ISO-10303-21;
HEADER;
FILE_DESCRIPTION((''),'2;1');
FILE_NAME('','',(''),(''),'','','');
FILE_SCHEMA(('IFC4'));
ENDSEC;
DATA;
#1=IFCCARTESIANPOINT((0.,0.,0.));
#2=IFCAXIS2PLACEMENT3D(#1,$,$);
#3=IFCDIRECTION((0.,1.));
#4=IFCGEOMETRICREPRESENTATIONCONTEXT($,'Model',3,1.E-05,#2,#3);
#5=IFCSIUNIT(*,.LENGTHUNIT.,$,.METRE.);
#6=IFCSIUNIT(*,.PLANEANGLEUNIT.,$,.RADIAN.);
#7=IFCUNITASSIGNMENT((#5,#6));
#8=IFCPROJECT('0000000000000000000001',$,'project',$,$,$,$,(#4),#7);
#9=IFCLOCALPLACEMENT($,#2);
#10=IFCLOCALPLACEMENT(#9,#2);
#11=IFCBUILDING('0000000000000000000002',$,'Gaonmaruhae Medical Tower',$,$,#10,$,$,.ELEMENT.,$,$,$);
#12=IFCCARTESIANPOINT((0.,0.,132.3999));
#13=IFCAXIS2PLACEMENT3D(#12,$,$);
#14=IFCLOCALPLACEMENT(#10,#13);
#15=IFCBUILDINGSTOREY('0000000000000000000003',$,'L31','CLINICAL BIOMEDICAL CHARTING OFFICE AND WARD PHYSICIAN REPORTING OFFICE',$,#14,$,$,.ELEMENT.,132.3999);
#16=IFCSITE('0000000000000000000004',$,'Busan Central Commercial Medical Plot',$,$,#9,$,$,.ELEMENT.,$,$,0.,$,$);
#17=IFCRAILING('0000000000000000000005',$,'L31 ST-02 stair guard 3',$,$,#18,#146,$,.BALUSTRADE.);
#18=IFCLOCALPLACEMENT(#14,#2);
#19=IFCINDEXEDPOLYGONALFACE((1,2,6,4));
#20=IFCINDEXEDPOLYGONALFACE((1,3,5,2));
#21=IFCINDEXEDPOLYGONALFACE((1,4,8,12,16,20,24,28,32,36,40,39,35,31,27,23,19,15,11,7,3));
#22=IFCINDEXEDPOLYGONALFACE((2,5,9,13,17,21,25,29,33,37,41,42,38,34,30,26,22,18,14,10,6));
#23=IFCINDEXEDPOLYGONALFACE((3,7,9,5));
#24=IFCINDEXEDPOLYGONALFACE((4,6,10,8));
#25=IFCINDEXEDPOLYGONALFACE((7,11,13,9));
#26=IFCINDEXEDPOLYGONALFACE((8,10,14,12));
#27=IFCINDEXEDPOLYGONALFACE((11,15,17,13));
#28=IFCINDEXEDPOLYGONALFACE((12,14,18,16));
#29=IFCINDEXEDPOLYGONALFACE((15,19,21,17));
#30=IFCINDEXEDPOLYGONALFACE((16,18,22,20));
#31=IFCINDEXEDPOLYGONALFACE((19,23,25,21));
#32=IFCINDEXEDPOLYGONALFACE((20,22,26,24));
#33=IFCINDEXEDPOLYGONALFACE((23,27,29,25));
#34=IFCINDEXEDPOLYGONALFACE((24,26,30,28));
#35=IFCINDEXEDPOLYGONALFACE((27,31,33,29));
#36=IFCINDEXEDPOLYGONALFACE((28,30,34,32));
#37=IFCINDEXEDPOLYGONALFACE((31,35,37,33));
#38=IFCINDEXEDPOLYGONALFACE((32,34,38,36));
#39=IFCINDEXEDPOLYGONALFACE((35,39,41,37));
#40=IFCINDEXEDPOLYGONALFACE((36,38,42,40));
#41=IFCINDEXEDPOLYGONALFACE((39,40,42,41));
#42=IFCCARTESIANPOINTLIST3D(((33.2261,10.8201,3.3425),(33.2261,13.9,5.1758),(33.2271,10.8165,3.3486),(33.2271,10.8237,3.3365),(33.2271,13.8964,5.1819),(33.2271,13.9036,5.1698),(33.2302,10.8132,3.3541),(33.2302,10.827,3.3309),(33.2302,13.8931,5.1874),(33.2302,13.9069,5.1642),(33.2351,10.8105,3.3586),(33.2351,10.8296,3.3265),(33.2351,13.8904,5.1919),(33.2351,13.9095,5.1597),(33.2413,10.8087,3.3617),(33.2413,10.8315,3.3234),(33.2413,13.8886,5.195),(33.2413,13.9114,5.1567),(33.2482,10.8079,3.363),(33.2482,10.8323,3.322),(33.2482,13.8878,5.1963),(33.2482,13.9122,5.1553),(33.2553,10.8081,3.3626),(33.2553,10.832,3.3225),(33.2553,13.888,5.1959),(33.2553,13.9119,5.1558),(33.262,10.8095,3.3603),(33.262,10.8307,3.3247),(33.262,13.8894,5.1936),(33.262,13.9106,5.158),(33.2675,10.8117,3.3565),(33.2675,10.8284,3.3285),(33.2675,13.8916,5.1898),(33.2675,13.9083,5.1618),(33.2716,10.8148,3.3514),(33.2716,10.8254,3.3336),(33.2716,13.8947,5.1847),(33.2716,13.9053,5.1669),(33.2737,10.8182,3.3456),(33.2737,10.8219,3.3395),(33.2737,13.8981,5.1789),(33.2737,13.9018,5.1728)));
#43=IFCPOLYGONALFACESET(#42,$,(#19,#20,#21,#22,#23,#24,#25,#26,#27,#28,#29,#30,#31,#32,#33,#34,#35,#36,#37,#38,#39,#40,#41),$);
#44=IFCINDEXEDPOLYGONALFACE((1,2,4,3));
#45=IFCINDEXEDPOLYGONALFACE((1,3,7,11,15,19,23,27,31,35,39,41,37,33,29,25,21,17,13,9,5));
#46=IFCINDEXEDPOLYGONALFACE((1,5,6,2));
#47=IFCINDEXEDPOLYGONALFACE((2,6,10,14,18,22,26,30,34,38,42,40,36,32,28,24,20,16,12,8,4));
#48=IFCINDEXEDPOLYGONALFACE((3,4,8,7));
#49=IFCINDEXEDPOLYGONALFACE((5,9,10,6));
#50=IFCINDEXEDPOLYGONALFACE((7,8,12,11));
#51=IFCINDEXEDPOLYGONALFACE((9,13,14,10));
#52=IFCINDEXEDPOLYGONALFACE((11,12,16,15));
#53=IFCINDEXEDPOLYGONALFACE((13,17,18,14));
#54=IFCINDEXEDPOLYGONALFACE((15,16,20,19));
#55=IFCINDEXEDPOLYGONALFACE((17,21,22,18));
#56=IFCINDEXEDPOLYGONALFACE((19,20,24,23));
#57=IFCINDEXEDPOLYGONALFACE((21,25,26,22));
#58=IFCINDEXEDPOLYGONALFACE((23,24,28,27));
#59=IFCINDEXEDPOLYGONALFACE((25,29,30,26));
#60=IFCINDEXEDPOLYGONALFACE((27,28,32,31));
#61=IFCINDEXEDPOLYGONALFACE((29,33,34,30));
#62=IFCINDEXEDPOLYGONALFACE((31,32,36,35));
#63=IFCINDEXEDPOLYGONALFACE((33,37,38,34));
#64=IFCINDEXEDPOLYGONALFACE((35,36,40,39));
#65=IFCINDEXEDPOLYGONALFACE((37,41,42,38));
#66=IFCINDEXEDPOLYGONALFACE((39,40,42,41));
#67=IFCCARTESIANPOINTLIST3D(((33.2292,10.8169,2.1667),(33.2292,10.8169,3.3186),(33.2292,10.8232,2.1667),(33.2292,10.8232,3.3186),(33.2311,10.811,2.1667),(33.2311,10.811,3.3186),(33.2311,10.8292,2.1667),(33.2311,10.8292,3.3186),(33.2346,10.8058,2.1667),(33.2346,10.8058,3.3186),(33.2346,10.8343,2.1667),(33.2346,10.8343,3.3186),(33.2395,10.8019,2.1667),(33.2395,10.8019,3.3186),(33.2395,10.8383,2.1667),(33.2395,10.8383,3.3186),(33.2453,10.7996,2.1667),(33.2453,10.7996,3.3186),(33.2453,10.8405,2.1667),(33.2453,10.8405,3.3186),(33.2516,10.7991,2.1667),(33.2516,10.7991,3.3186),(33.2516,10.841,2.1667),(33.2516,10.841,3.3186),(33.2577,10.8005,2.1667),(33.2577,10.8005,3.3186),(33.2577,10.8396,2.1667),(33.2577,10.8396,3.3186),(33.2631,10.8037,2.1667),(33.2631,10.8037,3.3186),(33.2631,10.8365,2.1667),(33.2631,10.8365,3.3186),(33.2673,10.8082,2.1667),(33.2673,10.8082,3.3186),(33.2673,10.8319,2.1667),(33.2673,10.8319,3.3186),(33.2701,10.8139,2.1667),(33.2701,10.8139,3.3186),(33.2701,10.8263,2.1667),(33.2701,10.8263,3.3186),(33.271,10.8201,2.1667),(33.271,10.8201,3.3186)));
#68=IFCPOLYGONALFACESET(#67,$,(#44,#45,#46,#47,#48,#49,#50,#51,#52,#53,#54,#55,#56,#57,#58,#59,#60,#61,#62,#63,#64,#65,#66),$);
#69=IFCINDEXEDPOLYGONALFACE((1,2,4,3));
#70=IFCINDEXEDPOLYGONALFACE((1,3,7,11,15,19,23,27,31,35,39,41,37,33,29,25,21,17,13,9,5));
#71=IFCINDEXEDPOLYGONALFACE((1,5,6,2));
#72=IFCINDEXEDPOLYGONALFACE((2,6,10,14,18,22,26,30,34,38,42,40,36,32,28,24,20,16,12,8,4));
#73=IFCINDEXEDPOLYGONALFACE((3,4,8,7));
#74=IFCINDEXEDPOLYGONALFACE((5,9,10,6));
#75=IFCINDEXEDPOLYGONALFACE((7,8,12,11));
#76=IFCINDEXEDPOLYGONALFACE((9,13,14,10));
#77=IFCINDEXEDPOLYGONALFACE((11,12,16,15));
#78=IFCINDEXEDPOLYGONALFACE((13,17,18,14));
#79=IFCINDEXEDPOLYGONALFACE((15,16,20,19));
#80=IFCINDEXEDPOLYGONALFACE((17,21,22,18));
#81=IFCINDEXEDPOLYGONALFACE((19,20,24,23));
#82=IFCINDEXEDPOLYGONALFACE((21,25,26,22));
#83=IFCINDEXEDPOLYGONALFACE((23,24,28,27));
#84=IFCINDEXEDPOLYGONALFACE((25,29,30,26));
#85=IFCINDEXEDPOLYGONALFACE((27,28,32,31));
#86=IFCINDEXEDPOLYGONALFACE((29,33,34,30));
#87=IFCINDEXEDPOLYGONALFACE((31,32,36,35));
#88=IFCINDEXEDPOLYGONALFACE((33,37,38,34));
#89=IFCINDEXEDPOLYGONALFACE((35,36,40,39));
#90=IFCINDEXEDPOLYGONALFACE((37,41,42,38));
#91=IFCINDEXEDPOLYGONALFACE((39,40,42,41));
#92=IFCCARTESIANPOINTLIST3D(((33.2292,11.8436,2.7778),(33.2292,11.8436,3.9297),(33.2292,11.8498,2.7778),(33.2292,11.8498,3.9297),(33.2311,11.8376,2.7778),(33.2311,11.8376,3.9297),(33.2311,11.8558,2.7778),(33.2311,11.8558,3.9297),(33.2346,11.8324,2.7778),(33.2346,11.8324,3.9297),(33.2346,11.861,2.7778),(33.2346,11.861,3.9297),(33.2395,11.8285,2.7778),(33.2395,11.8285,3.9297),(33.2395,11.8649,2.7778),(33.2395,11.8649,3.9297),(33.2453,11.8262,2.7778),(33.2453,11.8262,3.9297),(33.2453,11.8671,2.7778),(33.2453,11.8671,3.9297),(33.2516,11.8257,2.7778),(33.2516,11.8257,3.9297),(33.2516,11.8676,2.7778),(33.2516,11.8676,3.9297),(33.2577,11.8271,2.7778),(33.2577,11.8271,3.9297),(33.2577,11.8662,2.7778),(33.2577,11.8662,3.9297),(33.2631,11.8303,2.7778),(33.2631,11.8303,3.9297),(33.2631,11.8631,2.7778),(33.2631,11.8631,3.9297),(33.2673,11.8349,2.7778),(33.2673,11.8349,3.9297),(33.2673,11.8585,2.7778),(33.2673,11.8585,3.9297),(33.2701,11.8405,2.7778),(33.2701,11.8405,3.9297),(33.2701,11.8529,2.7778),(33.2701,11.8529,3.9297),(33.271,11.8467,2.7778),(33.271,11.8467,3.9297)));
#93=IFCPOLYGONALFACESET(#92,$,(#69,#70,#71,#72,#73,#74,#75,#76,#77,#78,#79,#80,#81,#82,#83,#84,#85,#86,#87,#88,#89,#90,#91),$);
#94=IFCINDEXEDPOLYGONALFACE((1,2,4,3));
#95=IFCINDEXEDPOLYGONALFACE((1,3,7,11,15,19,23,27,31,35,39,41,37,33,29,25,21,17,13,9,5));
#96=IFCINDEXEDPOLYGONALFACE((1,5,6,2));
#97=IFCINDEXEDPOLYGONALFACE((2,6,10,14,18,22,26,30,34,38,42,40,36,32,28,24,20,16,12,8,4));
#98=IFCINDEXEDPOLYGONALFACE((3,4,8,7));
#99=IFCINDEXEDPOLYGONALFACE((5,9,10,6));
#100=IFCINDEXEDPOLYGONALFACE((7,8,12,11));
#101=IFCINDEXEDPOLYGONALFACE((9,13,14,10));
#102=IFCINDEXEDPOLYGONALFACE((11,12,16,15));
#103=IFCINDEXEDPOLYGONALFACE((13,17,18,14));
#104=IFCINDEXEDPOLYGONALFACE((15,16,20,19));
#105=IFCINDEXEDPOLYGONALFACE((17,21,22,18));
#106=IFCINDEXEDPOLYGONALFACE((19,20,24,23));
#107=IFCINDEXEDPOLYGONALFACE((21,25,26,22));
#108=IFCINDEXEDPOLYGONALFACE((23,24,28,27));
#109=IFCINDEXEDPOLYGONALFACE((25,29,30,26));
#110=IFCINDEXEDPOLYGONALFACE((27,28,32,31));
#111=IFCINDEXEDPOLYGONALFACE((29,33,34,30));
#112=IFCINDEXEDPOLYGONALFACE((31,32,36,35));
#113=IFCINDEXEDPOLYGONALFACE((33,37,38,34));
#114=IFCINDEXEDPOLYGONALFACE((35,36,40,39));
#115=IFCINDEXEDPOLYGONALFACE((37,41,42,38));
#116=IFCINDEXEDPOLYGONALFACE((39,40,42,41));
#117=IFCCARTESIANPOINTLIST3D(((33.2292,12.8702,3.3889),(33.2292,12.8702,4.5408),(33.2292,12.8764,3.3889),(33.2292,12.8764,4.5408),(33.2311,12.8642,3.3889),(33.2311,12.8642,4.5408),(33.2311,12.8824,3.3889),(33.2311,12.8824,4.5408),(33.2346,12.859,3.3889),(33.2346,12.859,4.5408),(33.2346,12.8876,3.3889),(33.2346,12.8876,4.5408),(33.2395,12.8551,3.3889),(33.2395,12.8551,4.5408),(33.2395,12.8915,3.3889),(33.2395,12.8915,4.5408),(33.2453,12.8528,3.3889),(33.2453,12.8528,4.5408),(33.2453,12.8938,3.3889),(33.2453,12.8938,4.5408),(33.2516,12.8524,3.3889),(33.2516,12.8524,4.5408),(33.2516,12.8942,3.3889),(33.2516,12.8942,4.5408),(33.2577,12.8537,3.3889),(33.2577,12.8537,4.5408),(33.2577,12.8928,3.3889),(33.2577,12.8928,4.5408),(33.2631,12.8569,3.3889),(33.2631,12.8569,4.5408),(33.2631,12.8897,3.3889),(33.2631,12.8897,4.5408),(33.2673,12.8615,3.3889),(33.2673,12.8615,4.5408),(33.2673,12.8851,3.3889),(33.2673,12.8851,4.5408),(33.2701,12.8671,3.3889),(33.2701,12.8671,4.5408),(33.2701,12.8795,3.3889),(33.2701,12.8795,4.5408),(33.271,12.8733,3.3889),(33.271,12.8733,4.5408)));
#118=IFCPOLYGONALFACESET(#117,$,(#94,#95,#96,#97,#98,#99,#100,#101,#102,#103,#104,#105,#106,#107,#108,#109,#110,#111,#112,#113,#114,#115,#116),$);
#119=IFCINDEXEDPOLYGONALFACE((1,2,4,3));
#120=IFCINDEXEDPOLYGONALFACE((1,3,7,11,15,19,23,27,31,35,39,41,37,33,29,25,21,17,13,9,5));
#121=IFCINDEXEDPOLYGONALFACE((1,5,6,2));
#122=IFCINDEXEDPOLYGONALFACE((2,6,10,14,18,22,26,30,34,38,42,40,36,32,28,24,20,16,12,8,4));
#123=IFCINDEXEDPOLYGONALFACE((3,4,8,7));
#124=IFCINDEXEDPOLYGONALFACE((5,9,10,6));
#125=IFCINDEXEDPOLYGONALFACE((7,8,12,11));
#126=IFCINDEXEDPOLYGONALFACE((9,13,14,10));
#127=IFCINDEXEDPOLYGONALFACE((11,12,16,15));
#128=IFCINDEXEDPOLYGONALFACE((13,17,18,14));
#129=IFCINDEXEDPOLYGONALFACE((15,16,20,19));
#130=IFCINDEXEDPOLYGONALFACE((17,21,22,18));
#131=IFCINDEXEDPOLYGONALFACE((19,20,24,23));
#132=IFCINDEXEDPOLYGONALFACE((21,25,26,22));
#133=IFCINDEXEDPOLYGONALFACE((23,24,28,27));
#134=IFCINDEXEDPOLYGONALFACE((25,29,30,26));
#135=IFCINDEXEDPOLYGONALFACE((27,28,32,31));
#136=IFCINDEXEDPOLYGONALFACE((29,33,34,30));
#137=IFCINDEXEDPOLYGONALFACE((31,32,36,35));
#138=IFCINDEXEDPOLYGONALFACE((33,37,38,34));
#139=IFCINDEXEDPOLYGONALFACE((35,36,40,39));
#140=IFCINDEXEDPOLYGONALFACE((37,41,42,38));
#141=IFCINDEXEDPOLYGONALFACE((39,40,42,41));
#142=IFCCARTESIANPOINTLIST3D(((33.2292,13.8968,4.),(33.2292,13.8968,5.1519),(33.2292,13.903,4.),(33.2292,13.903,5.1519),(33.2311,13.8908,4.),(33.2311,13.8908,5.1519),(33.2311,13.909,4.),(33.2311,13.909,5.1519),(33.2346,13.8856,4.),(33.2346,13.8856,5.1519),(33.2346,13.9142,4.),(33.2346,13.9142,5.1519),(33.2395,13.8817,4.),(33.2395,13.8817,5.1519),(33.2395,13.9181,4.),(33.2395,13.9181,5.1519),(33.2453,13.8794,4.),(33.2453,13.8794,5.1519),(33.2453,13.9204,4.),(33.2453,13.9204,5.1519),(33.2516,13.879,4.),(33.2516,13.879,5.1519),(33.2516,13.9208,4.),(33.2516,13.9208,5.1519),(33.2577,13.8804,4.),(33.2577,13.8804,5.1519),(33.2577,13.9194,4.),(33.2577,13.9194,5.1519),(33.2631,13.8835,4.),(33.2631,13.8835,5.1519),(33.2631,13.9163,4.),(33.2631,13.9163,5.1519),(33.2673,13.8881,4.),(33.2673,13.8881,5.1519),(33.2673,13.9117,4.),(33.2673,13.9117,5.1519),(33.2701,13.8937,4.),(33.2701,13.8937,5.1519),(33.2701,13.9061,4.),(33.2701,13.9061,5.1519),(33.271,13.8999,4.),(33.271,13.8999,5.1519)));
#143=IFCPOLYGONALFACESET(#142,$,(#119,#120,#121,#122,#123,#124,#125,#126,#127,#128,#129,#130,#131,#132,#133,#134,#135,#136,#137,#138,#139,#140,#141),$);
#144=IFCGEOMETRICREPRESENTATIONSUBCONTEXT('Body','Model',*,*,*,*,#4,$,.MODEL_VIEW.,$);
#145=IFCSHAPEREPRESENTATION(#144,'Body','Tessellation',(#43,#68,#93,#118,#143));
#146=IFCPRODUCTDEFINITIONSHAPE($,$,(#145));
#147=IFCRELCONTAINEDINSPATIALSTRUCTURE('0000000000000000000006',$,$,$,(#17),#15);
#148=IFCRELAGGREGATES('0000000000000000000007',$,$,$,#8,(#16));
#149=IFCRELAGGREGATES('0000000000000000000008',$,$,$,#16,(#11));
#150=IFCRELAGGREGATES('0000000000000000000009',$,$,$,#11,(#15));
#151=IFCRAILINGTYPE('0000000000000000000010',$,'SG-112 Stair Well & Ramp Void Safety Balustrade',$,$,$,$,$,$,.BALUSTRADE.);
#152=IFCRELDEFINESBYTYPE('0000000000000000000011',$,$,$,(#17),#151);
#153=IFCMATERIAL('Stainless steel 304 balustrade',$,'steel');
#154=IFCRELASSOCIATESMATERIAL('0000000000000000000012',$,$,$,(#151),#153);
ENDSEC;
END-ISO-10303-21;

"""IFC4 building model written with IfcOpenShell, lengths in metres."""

from ifc_helpers import new_model, si_unit, direction, frame, origin, origin_2d, place, context, subcontext, project, spatial, circle, extrude, material, type_object, element, save


model = new_model("IFC4")

# Units and contexts
model_context = context("Model", 3, precision=1e-05, world=origin(), true_north=direction((0.0, 1.0)))
body_context = subcontext(model_context, "Body", "Model", "MODEL_VIEW")
ifc_project = project(units=[si_unit("LENGTHUNIT", "METRE"), si_unit("PLANEANGLEUNIT", "RADIAN")], contexts=[model_context])

# Site, building, storey
site_placement = place(None, origin())
site = spatial("IfcSite", under=ifc_project, at=site_placement, Name="Busan Central Commercial Medical Plot", CompositionType="ELEMENT", RefElevation=0.0)
building_placement = place(site_placement, origin())
building = spatial("IfcBuilding", under=site, at=building_placement, Name="Gaonmaruhae Medical Tower", CompositionType="ELEMENT")
storey_placement = place(building_placement, frame((0.0, 0.0, 132.3999)))
storey = spatial("IfcBuildingStorey", under=building, at=storey_placement, Name="L31", Description="CLINICAL BIOMEDICAL CHARTING OFFICE AND WARD PHYSICIAN REPORTING OFFICE", CompositionType="ELEMENT", Elevation=132.3999)

# Railing
ifc_material_1 = material(Name="Stainless steel 304 balustrade", Category="steel")
railing_type_1 = type_object("IfcRailingType", Name="SG-112 Stair Well & Ramp Void Safety Balustrade", PredefinedType="BALUSTRADE", material=ifc_material_1)
railing_1_placement = place(storey_placement, frame((33.25, 10.8201, 2.1667)))
element("IfcRailing", 1, at=railing_1_placement, inside=storey, type_object=railing_type_1, Name="L31 ST-02 stair guard 3", PredefinedType="BALUSTRADE", context=body_context, shape_type="SweptSolid", body=[
    extrude(circle(Radius=0.0239, at=origin_2d()), frame((0.0, 0.0, 1.1758), z_axis=(0.0, 0.859291, 0.511487), x_axis=(-1.0, 0.0, 0.0)), (0.0, 0.0, 1.0), 3.5842),
    extrude(circle(Radius=0.021, at=origin_2d()), origin(), (0.0, 0.0, 1.0), 1.1519),
    extrude(circle(Radius=0.021, at=origin_2d()), frame((0.0, 1.0266, 0.6111)), (0.0, 0.0, 1.0), 1.1519),
    extrude(circle(Radius=0.021, at=origin_2d()), frame((0.0, 2.0532, 1.2222)), (0.0, 0.0, 1.0), 1.1519),
    extrude(circle(Radius=0.021, at=origin_2d()), frame((0.0, 3.0798, 1.8333)), (0.0, 0.0, 1.0), 1.1519),
])

save(model, "model.ifc")
